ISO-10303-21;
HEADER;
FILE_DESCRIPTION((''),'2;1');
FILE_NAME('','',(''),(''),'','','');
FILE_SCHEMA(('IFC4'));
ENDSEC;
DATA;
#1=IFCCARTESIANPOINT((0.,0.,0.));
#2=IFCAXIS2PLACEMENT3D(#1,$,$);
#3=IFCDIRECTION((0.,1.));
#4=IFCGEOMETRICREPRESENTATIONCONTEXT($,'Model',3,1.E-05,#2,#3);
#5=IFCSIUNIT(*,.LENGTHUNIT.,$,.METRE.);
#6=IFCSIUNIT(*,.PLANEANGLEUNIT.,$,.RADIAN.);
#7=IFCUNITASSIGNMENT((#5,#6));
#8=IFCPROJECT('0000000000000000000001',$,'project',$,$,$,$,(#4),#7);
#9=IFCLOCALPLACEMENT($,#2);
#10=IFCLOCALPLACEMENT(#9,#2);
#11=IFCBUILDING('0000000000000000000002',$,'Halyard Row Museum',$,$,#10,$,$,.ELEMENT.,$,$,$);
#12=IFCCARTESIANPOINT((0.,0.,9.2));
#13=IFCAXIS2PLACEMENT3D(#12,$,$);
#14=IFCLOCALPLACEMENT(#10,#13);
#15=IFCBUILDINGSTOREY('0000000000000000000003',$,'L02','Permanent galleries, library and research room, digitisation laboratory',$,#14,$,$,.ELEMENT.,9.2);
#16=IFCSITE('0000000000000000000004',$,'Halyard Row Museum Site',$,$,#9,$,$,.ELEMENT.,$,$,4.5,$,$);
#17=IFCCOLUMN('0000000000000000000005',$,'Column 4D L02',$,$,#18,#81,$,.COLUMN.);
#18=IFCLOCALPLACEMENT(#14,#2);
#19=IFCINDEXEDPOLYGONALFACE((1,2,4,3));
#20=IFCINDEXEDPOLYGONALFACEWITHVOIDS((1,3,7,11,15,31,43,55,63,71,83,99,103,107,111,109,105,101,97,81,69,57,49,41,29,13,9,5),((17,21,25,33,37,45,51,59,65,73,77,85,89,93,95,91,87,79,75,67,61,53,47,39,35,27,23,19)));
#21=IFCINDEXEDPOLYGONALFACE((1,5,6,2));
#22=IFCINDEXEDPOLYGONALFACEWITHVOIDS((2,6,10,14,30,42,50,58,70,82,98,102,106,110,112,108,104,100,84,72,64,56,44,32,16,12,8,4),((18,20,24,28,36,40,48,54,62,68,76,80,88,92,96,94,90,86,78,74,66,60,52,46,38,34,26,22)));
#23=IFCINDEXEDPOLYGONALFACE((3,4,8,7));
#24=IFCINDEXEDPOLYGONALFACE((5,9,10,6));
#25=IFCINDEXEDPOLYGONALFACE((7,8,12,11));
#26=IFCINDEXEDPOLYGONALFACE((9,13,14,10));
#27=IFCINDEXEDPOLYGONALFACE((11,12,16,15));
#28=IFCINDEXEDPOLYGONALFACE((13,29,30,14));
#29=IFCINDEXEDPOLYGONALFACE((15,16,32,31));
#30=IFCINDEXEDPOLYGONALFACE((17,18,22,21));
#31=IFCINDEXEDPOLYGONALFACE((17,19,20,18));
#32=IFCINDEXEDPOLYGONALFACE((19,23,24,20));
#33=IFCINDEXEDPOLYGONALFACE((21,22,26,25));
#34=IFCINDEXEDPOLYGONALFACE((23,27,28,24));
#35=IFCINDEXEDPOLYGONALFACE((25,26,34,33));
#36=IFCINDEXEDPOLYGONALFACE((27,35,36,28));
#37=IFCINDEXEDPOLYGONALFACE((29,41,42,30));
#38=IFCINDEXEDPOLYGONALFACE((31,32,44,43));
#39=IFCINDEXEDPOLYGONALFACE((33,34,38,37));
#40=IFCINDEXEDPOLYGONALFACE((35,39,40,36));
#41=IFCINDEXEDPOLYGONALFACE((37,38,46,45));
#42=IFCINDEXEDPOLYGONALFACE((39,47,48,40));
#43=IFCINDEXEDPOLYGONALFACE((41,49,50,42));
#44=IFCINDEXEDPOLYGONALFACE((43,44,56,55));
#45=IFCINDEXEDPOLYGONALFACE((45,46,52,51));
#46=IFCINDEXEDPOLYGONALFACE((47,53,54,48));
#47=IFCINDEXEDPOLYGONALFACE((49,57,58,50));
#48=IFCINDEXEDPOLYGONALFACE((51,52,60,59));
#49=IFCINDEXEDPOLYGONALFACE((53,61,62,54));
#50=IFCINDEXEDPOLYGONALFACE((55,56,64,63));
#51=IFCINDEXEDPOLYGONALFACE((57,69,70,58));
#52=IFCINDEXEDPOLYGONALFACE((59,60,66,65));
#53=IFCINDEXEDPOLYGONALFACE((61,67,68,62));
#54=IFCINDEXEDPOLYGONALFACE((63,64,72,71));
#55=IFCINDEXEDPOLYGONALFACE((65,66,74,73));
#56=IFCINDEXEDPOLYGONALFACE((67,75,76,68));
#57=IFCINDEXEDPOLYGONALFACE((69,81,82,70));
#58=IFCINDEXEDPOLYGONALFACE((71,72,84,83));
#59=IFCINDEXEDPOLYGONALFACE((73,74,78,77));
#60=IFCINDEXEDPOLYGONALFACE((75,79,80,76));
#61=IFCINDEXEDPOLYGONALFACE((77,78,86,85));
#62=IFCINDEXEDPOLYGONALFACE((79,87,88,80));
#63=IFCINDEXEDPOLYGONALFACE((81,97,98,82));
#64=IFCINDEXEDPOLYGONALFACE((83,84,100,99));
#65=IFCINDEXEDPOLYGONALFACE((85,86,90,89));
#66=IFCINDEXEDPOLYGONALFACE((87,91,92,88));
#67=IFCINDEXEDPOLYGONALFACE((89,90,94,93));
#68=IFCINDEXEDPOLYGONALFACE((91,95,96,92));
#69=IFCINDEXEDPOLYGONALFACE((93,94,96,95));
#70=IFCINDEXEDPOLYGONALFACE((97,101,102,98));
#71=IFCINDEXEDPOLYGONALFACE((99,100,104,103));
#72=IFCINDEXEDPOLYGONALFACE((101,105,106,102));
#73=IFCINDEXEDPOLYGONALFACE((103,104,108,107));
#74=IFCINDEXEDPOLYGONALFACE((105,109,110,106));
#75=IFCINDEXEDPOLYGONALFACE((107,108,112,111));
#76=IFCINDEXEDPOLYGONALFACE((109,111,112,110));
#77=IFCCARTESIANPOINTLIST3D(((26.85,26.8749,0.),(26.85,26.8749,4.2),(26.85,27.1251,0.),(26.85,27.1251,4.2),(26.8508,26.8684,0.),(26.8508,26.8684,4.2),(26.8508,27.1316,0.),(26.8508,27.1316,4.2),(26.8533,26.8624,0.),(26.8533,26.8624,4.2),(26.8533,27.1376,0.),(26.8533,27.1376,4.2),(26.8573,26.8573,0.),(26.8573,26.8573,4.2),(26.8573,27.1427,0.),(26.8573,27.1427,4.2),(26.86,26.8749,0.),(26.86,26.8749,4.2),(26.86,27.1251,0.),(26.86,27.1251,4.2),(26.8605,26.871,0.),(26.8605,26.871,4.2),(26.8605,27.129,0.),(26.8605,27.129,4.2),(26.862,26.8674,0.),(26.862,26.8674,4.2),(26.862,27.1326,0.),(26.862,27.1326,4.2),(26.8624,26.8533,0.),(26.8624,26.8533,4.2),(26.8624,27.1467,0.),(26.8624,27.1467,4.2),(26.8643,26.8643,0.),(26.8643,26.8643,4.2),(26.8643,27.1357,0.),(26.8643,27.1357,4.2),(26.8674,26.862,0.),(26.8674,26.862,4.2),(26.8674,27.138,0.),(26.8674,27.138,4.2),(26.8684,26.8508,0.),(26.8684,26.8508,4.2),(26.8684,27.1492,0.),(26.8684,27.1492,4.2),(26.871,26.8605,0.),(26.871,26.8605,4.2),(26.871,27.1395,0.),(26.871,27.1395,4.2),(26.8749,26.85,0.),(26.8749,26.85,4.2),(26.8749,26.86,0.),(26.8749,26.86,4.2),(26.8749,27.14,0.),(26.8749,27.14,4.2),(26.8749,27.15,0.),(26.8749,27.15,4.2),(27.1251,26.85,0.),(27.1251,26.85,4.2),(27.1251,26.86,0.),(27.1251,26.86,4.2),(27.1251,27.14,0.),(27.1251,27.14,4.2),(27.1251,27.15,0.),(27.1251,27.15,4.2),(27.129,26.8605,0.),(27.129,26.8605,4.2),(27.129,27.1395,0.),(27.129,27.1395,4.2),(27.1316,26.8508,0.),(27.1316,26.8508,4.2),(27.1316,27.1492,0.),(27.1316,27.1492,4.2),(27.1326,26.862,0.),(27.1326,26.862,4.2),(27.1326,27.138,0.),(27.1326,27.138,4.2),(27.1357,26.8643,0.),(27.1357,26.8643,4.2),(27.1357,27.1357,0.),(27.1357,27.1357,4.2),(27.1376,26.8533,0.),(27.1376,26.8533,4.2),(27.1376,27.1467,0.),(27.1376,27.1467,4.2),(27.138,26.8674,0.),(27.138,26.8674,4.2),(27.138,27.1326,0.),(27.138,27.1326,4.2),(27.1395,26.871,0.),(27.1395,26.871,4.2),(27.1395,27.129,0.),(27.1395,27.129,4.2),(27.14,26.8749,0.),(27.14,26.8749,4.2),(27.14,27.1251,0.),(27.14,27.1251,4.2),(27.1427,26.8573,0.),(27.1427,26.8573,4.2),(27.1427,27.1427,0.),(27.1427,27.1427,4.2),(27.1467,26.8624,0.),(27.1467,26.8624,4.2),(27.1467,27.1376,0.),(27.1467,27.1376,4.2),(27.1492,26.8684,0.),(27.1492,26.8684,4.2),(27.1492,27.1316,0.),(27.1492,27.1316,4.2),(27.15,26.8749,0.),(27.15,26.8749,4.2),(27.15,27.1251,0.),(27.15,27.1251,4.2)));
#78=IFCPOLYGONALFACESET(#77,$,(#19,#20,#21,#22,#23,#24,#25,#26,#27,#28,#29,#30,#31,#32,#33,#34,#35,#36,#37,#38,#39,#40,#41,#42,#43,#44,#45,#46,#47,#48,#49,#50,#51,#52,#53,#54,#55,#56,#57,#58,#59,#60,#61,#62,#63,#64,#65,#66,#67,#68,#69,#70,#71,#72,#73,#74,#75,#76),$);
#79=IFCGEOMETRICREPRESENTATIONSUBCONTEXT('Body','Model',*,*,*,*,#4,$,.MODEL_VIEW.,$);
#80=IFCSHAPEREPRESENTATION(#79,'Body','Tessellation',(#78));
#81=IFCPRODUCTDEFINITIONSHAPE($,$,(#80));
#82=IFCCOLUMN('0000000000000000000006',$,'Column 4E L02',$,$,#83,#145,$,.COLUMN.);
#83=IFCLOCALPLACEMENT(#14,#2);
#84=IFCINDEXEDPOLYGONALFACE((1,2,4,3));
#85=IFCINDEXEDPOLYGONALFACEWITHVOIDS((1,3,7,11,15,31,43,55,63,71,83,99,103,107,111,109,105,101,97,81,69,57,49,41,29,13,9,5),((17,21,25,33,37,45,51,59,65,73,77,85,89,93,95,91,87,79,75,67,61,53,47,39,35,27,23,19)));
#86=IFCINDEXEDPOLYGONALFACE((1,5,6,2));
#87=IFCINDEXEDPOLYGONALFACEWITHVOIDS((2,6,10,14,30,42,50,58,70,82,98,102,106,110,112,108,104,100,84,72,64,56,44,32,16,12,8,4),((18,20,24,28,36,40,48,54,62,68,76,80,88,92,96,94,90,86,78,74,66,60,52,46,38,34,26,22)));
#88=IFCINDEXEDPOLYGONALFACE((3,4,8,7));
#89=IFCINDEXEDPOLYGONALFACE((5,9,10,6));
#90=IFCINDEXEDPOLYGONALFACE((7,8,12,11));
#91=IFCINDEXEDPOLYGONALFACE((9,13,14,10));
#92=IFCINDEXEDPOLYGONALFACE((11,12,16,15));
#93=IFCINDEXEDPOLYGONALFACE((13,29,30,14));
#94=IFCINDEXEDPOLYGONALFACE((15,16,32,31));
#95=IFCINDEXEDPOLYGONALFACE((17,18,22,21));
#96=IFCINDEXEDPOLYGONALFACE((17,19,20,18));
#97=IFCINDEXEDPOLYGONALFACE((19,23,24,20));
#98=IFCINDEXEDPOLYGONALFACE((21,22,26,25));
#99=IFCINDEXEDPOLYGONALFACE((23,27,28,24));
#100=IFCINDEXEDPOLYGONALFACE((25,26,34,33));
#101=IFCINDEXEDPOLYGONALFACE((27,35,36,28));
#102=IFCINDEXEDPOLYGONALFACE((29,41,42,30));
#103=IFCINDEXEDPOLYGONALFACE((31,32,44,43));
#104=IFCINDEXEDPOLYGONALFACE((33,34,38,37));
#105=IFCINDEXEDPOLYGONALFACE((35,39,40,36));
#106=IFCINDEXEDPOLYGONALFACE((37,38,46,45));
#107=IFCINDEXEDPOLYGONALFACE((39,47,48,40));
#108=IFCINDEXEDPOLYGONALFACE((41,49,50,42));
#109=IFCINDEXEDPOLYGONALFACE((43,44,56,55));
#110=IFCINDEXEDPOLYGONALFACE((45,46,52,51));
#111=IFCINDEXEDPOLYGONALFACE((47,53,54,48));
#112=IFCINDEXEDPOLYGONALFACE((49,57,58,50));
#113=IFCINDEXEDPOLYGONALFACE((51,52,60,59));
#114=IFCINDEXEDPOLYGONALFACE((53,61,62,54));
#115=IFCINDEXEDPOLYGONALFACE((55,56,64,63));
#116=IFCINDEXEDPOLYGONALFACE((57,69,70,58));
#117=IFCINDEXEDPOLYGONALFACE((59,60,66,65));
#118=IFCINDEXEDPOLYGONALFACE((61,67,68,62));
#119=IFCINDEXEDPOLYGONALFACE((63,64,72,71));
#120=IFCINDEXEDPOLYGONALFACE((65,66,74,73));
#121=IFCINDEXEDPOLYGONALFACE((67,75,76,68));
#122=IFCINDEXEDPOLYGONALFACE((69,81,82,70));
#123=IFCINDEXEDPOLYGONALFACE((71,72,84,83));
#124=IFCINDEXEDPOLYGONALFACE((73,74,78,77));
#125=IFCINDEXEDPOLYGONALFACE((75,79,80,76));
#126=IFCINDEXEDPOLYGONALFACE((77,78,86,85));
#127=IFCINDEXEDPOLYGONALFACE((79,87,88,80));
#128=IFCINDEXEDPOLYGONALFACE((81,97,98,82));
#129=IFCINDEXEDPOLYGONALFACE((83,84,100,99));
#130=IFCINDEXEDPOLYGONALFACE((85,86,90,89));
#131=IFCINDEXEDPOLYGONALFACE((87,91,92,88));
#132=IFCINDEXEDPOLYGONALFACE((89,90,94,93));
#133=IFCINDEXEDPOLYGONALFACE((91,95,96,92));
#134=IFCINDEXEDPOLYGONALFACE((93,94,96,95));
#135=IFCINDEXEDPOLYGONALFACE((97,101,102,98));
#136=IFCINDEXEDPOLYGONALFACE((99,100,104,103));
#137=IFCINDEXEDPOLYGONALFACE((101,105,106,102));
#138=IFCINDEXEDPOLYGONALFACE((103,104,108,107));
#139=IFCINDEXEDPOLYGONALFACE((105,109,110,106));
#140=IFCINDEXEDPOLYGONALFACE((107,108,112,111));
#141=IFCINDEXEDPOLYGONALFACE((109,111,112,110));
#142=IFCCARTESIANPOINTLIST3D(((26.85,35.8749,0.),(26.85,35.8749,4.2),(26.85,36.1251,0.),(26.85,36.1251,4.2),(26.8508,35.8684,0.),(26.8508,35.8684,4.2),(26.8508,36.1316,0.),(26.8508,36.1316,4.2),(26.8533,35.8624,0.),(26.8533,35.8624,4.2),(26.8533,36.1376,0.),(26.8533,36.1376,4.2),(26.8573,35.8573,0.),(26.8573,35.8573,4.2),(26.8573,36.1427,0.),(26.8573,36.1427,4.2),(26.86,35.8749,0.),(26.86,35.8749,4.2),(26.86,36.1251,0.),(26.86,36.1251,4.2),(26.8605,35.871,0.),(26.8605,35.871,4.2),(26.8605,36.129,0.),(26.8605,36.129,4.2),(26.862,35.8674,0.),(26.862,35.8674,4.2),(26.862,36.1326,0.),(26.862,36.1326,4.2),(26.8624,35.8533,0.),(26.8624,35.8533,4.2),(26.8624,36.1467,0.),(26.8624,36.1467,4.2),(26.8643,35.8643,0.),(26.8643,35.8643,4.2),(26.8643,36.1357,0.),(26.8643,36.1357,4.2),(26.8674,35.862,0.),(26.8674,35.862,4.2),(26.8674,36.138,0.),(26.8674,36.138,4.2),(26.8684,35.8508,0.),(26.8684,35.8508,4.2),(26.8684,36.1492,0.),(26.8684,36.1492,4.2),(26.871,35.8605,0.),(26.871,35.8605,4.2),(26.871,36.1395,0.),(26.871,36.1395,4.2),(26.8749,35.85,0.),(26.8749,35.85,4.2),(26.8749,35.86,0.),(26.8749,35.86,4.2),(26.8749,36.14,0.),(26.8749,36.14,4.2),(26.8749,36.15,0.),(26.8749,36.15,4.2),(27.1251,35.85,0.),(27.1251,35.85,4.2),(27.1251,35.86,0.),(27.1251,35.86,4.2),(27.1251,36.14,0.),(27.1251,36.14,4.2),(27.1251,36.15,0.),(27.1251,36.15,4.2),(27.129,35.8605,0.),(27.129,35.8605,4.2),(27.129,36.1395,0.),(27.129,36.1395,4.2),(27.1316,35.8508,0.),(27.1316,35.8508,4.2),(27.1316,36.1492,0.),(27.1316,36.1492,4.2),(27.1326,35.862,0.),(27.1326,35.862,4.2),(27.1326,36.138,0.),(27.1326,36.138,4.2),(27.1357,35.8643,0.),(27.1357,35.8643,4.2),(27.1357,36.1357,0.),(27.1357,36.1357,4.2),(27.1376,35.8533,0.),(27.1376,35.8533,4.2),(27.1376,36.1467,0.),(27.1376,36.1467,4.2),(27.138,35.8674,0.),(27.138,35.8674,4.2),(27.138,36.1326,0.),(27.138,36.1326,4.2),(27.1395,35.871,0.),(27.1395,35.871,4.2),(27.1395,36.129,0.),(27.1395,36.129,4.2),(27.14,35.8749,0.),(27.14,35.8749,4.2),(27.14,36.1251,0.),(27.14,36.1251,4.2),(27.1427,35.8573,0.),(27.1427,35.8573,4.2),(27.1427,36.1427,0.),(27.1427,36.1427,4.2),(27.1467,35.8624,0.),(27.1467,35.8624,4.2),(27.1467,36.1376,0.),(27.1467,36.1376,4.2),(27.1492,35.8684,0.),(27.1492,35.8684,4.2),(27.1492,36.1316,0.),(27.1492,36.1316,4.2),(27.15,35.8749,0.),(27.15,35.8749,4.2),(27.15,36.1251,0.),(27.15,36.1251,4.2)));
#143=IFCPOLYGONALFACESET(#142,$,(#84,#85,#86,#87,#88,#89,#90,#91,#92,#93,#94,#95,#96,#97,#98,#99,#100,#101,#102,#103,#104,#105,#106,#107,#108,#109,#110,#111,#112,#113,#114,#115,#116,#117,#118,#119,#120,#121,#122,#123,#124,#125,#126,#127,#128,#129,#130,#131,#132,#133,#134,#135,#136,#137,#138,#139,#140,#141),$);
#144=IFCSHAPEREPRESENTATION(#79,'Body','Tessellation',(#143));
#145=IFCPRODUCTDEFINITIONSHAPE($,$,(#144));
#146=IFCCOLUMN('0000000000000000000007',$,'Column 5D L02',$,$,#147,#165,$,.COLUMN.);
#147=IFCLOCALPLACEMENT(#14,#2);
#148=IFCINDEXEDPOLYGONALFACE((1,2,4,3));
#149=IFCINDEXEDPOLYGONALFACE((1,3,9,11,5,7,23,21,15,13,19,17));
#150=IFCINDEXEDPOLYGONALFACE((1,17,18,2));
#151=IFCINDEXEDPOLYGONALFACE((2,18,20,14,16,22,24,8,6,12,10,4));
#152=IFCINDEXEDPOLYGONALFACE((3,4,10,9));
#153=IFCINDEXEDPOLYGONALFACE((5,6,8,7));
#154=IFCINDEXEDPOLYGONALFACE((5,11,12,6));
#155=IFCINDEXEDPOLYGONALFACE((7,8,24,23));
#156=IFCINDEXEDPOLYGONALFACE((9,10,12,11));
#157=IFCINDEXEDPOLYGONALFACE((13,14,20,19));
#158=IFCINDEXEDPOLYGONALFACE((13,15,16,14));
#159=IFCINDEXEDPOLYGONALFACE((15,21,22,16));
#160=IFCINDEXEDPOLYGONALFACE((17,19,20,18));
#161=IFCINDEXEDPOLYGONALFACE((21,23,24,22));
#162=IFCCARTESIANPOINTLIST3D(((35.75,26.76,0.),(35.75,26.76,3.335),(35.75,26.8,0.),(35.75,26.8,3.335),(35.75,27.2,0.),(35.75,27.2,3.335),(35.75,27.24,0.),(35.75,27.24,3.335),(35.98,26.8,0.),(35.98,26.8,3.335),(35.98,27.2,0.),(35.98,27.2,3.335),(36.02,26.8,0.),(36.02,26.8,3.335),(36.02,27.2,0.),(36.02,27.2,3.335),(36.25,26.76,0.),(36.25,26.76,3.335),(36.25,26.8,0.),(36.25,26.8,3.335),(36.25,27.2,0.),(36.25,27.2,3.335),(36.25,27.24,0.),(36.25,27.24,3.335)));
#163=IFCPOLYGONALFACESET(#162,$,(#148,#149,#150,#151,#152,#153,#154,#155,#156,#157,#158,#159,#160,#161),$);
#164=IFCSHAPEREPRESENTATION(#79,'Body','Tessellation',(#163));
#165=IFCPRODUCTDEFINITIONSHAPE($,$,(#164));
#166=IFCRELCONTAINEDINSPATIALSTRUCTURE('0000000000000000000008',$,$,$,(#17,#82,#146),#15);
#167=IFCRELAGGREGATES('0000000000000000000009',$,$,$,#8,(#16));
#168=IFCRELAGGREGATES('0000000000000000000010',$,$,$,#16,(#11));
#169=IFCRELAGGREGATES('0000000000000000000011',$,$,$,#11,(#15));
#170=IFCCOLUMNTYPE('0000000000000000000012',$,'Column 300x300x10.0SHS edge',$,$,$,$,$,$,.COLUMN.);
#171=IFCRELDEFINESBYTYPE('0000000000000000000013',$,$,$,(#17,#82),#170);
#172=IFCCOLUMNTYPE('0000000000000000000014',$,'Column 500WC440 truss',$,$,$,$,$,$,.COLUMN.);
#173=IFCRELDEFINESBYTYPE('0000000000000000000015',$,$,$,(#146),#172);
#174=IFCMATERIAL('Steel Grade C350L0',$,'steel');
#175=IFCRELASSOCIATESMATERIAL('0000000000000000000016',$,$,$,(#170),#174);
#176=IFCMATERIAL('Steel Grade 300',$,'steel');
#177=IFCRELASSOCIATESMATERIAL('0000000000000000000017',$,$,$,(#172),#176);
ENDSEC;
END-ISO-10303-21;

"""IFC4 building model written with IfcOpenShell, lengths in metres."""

from ifc_helpers import new_model, si_unit, direction, frame, origin, origin_2d, place, context, subcontext, project, spatial, hollow_rectangle, i_section, extrude, material, material_profile, profile_set, type_object, element, save


model = new_model("IFC4")

# Units and contexts
model_context = context("Model", 3, precision=1e-05, world=origin(), true_north=direction((0.0, 1.0)))
body_context = subcontext(model_context, "Body", "Model", "MODEL_VIEW")
ifc_project = project(units=[si_unit("LENGTHUNIT", "METRE"), si_unit("PLANEANGLEUNIT", "RADIAN")], contexts=[model_context])

# Site, building, storey
site_placement = place(None, origin())
site = spatial("IfcSite", under=ifc_project, at=site_placement, Name="Halyard Row Museum Site", CompositionType="ELEMENT", RefElevation=4.5)
building_placement = place(site_placement, origin())
building = spatial("IfcBuilding", under=site, at=building_placement, Name="Halyard Row Museum", CompositionType="ELEMENT")
storey_placement = place(building_placement, frame((0.0, 0.0, 9.2)))
storey = spatial("IfcBuildingStorey", under=building, at=storey_placement, Name="L02", Description="Permanent galleries, library and research room, digitisation laboratory", CompositionType="ELEMENT", Elevation=9.2)

# Columns
ifc_material_1 = material(Name="Steel Grade C350L0", Category="steel")
ifc_material_profile_1 = material_profile(ifc_material_1, hollow_rectangle(XDim=0.3, YDim=0.3, WallThickness=0.01, InnerFilletRadius=0.0149, OuterFilletRadius=0.0249, at=origin_2d()), Name="300x300x10.0SHS")
ifc_profile_set_1 = profile_set([ifc_material_profile_1], Name="Steel Grade C350L0")
column_type_1 = type_object("IfcColumnType", Name="Column 300x300x10.0SHS edge", PredefinedType="COLUMN", material=ifc_profile_set_1)
for number, where, z_axis, x_axis, name in (
    (1, (27.0, 27.0, 0.0), (0.0, 0.0, 1.0), (1.0, 0.0, 0.0), "Column 4D L02"),
    (2, (27.0, 36.0, 0.0), (0.0, 0.0, 1.0), (1.0, 0.0, 0.0), "Column 4E L02"),
):
    element("IfcColumn", number, at=place(storey_placement, frame(where, z_axis=z_axis, x_axis=x_axis)), inside=storey, type_object=column_type_1, Name=name, PredefinedType="COLUMN", context=body_context, shape_type="SweptSolid", body=[
        extrude(hollow_rectangle(XDim=0.3, YDim=0.3, WallThickness=0.01, InnerFilletRadius=0.0149, OuterFilletRadius=0.0249, at=origin_2d()), origin(), (0.0, 0.0, 1.0), 4.2),
    ])
ifc_material_2 = material(Name="Steel Grade 300", Category="steel")
ifc_material_profile_2 = material_profile(ifc_material_2, i_section(OverallWidth=0.5, OverallDepth=0.48, WebThickness=0.04, FlangeThickness=0.04, at=origin_2d()), Name="500WC440")
ifc_profile_set_2 = profile_set([ifc_material_profile_2], Name="Steel Grade 300")
column_type_2 = type_object("IfcColumnType", Name="Column 500WC440 truss", PredefinedType="COLUMN", material=ifc_profile_set_2)
column_placement = place(storey_placement, frame((36.0, 27.0, 0.0), z_axis=(0.0, 0.0, 1.0), x_axis=(1.0, 0.0, 0.0)))
element("IfcColumn", 3, at=column_placement, inside=storey, type_object=column_type_2, Name="Column 5D L02", PredefinedType="COLUMN", context=body_context, shape_type="SweptSolid", body=[
    extrude(i_section(OverallWidth=0.5, OverallDepth=0.48, WebThickness=0.04, FlangeThickness=0.04, at=origin_2d()), origin(), (0.0, 0.0, 1.0), 3.335),
])

save(model, "model.ifc")
